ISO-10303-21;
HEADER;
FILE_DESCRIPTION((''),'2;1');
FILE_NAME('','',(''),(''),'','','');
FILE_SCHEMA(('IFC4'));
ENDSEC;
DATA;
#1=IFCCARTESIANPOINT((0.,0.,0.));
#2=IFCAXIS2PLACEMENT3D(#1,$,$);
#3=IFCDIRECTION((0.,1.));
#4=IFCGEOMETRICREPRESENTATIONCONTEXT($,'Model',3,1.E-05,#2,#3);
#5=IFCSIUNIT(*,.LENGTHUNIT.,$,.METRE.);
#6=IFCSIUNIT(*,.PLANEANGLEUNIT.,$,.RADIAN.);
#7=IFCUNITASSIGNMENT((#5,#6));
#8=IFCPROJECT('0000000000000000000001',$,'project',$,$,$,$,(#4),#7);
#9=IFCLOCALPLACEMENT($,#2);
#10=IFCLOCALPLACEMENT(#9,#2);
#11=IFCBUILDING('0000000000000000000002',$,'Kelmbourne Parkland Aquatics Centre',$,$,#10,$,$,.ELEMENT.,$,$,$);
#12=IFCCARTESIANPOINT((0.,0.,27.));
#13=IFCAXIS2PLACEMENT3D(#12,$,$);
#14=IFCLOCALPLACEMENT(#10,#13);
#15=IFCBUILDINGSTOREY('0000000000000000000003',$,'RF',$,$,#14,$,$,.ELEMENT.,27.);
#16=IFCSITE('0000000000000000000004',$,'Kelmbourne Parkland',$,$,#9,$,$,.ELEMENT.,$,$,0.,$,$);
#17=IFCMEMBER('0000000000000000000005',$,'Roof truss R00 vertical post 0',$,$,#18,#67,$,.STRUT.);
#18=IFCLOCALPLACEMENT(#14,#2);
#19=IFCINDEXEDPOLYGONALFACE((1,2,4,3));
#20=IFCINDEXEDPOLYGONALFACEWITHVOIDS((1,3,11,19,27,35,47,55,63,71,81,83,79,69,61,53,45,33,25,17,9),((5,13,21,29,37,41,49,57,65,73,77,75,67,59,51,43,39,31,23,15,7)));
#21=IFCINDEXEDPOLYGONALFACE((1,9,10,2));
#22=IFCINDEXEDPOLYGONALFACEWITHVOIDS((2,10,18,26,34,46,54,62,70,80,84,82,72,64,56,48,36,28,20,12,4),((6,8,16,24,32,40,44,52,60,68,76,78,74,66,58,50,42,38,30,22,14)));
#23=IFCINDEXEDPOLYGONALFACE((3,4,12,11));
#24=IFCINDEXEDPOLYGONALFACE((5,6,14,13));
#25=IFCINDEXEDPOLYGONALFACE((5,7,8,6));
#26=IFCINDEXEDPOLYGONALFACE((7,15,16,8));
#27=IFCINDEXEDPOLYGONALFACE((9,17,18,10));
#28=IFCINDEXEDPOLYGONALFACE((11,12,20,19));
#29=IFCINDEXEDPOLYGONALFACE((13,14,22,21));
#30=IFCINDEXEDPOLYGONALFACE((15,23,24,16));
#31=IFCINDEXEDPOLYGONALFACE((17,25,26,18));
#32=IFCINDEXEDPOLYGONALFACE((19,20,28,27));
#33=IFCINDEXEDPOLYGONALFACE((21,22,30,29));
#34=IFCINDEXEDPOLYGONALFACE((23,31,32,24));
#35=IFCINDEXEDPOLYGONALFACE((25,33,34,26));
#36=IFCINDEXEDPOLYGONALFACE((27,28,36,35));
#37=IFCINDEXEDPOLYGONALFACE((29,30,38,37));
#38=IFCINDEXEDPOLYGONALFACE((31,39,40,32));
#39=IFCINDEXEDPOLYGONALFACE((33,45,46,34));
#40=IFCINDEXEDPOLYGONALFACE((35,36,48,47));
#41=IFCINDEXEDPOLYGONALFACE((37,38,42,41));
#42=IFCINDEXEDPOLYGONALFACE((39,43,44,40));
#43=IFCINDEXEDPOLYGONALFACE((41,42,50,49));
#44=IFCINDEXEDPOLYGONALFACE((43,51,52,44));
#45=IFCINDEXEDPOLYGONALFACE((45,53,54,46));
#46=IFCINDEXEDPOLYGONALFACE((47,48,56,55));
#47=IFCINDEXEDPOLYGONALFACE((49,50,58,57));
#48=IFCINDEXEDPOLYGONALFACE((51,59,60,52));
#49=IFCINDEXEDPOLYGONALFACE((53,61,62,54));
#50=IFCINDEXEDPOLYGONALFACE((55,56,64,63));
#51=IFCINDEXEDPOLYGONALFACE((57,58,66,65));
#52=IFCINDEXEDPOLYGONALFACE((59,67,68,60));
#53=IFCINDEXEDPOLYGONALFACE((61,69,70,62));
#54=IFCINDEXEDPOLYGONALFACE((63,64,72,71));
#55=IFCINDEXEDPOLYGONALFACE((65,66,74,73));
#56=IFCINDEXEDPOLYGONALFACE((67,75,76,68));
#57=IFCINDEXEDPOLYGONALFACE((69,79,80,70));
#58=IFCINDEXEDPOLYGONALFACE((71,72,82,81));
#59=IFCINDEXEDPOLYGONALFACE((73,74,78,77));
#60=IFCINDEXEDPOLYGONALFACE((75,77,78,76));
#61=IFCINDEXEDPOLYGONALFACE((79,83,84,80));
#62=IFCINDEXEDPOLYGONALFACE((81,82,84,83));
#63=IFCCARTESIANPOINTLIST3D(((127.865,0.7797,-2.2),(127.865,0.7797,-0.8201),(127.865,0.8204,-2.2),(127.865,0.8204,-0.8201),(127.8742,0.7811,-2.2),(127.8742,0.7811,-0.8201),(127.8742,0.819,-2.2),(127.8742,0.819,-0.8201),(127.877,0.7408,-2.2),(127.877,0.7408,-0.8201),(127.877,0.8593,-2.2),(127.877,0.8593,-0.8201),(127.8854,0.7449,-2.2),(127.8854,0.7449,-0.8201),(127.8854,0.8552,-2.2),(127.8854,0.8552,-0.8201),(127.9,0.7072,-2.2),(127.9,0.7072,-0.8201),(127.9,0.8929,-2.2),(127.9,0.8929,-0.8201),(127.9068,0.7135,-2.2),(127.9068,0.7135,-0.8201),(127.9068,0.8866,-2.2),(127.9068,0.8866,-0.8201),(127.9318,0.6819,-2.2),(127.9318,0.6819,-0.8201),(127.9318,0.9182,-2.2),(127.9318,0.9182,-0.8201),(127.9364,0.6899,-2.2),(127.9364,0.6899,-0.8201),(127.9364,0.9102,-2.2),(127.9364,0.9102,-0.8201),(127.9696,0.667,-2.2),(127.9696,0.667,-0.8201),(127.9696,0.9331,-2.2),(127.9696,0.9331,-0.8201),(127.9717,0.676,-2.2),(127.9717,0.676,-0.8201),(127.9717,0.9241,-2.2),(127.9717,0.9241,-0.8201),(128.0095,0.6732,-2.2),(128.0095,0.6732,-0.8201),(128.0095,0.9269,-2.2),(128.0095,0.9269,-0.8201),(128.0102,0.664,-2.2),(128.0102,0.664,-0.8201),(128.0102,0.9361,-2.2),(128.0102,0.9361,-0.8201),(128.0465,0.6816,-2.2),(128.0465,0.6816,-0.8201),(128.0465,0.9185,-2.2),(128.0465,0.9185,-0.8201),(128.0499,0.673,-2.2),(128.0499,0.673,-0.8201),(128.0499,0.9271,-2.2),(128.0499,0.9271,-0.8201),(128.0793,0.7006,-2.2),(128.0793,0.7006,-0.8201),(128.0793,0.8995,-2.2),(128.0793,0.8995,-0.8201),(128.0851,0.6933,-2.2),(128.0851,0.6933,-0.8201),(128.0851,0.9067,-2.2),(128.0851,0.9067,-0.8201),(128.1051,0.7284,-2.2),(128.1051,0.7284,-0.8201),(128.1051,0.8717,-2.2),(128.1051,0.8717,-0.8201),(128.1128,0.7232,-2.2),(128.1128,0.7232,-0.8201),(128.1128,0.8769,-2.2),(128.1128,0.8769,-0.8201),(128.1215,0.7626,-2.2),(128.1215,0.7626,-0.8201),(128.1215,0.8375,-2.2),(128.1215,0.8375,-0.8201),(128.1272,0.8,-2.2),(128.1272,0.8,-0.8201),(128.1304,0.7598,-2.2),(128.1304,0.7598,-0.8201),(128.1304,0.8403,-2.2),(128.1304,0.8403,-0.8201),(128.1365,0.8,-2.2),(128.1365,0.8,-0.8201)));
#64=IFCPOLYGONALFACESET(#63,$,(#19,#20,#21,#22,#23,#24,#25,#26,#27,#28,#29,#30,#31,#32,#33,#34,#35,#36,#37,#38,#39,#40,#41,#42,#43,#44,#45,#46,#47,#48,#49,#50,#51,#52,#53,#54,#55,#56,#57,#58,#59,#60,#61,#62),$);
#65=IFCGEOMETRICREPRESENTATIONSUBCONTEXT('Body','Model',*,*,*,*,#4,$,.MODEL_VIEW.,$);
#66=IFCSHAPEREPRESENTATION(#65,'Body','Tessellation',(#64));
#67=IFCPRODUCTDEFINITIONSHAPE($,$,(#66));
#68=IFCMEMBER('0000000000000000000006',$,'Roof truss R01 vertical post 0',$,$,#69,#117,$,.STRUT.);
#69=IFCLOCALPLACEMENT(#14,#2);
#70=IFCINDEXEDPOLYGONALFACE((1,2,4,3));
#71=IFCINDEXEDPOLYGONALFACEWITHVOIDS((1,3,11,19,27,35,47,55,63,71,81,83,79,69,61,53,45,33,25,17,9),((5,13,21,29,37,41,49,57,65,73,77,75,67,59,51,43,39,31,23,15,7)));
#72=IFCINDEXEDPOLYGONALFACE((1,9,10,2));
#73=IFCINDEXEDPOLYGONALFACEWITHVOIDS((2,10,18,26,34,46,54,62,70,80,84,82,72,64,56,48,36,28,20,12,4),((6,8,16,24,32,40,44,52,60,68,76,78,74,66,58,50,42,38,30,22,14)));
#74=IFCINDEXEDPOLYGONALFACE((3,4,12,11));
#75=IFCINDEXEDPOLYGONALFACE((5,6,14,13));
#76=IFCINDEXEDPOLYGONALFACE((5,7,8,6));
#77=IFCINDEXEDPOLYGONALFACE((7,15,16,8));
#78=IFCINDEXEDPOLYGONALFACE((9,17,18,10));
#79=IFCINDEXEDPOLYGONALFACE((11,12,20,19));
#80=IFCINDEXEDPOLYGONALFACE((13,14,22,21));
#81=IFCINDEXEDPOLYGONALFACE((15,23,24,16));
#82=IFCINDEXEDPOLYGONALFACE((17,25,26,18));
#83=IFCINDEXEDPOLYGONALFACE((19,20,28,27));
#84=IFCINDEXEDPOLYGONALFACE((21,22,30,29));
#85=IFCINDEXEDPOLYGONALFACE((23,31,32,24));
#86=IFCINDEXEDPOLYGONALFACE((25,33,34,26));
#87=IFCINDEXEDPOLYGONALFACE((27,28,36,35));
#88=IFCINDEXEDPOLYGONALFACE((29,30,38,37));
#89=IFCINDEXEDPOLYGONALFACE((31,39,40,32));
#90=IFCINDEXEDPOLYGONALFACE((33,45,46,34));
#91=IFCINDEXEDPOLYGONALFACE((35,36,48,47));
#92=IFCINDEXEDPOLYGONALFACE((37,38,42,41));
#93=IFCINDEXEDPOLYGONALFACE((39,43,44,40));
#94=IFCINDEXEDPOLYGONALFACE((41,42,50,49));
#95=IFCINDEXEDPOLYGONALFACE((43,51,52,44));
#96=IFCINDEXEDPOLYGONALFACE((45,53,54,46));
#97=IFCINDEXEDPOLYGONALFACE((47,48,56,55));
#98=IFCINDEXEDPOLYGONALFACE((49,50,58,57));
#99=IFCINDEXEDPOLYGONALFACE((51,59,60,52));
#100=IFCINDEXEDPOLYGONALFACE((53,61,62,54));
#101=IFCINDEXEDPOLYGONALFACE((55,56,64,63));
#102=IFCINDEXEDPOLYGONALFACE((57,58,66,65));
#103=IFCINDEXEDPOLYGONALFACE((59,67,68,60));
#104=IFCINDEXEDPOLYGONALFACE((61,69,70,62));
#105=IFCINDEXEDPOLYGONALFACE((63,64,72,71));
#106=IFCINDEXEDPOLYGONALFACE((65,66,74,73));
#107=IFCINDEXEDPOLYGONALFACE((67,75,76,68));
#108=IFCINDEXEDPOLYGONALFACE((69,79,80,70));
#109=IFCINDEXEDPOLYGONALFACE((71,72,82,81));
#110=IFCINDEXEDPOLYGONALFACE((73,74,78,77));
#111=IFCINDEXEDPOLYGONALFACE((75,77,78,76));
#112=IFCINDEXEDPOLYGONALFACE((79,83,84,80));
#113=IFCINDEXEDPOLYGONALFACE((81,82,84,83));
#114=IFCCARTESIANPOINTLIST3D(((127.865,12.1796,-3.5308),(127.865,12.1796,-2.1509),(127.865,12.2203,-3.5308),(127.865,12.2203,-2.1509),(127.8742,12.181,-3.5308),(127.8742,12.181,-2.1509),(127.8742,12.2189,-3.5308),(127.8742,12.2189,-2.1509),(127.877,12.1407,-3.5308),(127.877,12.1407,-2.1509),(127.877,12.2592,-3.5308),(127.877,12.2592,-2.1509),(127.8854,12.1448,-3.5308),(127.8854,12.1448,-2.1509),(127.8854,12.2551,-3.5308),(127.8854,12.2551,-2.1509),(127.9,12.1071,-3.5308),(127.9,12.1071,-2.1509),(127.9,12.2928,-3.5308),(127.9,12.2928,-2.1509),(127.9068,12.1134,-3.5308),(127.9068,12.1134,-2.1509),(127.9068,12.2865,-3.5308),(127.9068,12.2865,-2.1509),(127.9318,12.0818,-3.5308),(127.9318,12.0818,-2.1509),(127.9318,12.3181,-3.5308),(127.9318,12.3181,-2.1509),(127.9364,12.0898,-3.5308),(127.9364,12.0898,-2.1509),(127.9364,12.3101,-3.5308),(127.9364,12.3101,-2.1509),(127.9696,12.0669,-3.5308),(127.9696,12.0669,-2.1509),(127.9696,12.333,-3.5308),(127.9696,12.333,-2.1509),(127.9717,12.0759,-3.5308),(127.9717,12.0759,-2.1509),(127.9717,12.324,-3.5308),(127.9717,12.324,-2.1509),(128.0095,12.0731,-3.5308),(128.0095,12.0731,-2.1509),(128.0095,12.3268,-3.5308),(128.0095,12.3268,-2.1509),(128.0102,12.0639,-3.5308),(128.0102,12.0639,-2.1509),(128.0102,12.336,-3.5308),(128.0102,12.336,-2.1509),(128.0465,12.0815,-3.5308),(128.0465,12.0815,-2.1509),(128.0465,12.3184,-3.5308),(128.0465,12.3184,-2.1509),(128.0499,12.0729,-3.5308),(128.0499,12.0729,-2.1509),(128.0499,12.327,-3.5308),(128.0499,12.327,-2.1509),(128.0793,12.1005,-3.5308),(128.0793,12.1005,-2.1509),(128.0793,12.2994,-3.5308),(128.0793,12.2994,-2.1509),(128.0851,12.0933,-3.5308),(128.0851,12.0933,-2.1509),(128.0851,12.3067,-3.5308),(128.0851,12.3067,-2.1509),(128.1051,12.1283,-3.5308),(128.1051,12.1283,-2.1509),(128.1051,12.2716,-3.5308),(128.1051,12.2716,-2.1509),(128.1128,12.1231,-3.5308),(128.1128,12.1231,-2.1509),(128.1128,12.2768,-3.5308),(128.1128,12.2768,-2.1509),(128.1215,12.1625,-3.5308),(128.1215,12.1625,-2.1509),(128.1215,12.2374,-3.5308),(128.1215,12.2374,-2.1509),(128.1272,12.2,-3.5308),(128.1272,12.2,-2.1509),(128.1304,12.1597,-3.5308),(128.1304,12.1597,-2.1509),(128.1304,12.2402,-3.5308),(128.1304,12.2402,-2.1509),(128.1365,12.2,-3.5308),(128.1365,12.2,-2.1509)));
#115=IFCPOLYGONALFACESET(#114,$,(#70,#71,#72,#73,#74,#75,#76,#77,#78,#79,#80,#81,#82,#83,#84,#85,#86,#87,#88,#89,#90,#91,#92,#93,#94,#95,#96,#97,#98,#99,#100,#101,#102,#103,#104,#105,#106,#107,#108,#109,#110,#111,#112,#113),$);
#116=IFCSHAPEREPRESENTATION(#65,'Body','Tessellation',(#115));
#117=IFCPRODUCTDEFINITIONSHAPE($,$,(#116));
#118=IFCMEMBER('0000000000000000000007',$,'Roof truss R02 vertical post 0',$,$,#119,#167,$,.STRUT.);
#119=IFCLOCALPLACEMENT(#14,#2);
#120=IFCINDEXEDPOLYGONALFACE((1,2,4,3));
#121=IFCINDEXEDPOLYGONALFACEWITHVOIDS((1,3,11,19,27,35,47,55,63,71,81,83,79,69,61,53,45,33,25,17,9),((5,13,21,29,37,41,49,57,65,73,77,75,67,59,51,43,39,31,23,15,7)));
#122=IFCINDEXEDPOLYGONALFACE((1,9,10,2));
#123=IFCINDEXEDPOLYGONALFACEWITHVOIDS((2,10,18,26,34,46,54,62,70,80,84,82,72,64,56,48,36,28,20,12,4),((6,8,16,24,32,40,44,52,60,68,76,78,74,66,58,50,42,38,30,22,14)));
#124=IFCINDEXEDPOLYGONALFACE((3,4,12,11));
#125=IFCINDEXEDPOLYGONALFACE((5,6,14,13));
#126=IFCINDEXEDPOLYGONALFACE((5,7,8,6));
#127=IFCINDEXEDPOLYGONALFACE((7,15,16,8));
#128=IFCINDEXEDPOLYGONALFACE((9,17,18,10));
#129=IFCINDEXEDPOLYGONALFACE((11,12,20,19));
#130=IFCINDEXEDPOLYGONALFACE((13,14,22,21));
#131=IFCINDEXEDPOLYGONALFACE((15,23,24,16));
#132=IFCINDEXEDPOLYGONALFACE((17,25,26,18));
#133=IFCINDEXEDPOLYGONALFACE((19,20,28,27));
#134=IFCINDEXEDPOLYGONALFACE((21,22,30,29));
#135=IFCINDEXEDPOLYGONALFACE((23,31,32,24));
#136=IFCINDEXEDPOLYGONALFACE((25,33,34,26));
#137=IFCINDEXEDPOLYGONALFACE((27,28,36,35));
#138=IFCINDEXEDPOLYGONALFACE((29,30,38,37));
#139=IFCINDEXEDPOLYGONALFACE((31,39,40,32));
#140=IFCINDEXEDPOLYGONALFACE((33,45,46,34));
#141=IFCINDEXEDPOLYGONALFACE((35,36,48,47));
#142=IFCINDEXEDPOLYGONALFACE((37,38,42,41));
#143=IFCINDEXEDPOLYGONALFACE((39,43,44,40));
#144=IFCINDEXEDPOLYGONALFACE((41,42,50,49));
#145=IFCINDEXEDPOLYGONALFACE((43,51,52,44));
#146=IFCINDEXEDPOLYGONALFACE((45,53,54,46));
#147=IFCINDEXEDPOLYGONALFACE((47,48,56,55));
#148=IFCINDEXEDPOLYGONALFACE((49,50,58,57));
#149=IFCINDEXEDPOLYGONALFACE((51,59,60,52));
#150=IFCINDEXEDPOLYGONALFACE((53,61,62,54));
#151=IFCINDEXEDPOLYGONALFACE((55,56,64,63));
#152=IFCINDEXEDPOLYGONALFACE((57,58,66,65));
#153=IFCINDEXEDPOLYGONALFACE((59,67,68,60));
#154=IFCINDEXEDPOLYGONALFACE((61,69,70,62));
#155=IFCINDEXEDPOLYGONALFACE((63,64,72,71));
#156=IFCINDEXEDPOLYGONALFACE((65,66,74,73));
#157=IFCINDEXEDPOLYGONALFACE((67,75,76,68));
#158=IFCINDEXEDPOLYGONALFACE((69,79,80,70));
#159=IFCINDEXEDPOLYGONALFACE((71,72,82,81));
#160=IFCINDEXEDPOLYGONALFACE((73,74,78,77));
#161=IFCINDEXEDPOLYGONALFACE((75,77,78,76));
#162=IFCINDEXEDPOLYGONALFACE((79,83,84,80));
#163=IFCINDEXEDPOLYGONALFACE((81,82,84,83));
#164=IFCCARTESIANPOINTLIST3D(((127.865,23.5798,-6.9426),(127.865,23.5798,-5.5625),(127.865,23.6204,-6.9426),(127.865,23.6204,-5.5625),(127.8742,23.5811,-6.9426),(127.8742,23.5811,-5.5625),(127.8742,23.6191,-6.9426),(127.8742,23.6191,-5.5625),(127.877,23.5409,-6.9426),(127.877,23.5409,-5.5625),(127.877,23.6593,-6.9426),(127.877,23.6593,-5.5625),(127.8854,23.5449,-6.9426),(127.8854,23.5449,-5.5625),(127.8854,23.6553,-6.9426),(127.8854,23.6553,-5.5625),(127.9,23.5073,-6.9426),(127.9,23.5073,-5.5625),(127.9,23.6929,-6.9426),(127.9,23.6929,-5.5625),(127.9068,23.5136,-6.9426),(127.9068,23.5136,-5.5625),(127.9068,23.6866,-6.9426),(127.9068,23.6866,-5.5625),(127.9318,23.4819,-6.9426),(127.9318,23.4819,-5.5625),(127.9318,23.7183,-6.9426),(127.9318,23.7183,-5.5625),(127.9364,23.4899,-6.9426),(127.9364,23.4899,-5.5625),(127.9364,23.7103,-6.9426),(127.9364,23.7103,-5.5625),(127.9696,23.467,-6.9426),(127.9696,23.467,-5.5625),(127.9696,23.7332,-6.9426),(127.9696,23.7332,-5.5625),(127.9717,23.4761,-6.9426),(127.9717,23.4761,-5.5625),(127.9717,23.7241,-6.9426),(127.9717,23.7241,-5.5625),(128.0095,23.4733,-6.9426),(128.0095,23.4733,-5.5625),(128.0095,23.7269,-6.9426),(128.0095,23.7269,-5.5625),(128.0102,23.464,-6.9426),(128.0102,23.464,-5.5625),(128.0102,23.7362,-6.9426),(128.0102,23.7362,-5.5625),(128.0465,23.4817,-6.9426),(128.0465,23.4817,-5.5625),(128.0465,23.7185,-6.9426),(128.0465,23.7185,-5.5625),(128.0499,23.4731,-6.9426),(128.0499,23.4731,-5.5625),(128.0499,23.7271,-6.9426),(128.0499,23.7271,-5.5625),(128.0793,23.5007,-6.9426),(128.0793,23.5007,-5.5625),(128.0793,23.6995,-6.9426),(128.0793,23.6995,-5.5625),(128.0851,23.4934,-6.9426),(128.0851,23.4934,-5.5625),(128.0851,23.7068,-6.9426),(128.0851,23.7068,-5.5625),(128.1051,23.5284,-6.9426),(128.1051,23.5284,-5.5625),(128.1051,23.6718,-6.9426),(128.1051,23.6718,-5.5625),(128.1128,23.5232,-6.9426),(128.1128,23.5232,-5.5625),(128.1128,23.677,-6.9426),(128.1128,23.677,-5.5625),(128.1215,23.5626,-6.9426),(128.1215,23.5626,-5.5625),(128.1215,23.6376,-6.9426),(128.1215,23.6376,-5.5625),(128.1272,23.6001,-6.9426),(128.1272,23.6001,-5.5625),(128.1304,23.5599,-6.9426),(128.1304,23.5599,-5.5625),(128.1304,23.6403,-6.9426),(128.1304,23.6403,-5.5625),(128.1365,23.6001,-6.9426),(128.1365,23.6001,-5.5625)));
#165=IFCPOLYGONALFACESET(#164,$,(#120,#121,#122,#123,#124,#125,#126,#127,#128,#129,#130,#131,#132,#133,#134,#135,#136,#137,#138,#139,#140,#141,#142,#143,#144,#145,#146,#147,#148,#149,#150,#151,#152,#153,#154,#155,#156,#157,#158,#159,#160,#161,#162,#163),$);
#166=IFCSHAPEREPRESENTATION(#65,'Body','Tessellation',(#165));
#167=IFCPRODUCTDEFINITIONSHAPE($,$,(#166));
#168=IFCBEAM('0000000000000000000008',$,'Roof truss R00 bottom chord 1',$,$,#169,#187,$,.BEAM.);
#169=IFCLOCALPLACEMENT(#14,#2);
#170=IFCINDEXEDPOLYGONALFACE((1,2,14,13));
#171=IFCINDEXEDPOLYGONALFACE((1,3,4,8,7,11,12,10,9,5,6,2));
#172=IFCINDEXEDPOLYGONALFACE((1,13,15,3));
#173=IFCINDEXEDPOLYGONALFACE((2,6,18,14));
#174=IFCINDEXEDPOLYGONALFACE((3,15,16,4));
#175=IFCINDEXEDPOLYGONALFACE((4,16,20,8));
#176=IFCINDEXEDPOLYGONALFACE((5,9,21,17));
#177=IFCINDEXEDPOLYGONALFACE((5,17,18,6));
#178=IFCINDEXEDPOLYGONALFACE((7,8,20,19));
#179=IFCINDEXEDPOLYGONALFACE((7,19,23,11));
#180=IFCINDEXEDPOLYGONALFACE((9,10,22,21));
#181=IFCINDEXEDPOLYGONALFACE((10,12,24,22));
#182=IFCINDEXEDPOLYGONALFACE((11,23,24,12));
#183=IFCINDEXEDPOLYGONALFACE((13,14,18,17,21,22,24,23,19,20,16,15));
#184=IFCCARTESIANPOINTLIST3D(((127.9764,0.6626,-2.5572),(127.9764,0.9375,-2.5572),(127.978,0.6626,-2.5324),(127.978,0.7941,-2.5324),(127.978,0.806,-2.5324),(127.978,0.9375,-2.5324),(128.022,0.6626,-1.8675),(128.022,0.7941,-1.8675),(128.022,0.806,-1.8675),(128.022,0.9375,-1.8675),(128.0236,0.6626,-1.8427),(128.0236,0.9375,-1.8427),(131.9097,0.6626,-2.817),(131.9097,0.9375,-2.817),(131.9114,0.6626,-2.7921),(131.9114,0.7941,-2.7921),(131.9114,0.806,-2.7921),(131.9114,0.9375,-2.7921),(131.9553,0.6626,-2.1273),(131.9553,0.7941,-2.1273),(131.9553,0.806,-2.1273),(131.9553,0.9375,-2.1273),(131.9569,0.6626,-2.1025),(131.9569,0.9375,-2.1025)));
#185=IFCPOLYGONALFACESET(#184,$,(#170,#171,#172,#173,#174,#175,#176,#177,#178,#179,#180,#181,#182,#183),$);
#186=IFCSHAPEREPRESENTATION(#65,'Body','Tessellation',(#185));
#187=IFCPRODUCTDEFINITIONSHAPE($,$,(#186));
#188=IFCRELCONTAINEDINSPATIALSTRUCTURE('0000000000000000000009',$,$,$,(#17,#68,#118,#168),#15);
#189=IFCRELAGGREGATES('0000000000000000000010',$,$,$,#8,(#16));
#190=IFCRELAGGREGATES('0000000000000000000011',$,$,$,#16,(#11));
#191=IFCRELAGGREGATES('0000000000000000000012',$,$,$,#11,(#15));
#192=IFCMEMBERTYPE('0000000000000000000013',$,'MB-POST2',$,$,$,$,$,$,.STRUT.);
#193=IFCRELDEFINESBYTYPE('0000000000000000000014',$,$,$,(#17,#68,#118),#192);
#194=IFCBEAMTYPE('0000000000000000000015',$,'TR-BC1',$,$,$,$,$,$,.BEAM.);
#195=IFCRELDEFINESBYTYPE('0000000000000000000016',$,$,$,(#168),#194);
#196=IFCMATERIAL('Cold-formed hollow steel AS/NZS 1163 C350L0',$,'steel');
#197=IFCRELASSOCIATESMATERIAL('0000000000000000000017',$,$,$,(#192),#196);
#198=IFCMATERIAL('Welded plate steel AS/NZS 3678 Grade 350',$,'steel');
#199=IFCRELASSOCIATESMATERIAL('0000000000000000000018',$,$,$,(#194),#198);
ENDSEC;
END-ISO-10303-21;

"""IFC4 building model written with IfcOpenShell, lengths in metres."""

from ifc_helpers import new_model, si_unit, direction, frame, origin, origin_2d, place, context, subcontext, project, spatial, hollow_circle, i_section, extrude, material, material_profile, profile_set, type_object, element, save


model = new_model("IFC4")

# Units and contexts
model_context = context("Model", 3, precision=1e-05, world=origin(), true_north=direction((0.0, 1.0)))
body_context = subcontext(model_context, "Body", "Model", "MODEL_VIEW")
ifc_project = project(units=[si_unit("LENGTHUNIT", "METRE"), si_unit("PLANEANGLEUNIT", "RADIAN")], contexts=[model_context])

# Site, building, storey
site_placement = place(None, origin())
site = spatial("IfcSite", under=ifc_project, at=site_placement, Name="Kelmbourne Parkland", CompositionType="ELEMENT", RefElevation=0.0)
building_placement = place(site_placement, origin())
building = spatial("IfcBuilding", under=site, at=building_placement, Name="Kelmbourne Parkland Aquatics Centre", CompositionType="ELEMENT")
storey_placement = place(building_placement, frame((0.0, 0.0, 27.0)))
storey = spatial("IfcBuildingStorey", under=building, at=storey_placement, Name="RF", CompositionType="ELEMENT", Elevation=27.0)

# Members
ifc_material_1 = material(Name="Cold-formed hollow steel AS/NZS 1163 C350L0", Category="steel")
ifc_material_profile_1 = material_profile(ifc_material_1, hollow_circle(Radius=0.1365, WallThickness=0.0093, at=origin_2d()), Name="CHS 273.1x9.3")
ifc_profile_set_1 = profile_set([ifc_material_profile_1], Name="Cold-formed hollow steel AS/NZS 1163 C350L0")
member_type_1 = type_object("IfcMemberType", Name="MB-POST2", PredefinedType="STRUT", material=ifc_profile_set_1)
for number, where, z_axis, x_axis, name in (
    (1, (128.0, 0.8, -2.2), (0.0, 0.0, 1.0), (1.0, 0.0, 0.0), "Roof truss R00 vertical post 0"),
    (2, (128.0, 12.2, -3.5308), (0.0, 0.0, 1.0), (1.0, 0.0, 0.0), "Roof truss R01 vertical post 0"),
):
    element("IfcMember", number, at=place(storey_placement, frame(where, z_axis=z_axis, x_axis=x_axis)), inside=storey, type_object=member_type_1, Name=name, PredefinedType="STRUT", context=body_context, shape_type="SweptSolid", body=[
        extrude(hollow_circle(Radius=0.1365, WallThickness=0.0093, at=origin_2d()), origin(), (0.0, 0.0, 1.0), 1.3799),
    ])
member_1_placement = place(storey_placement, frame((128.0, 23.6001, -6.9426), z_axis=(0.0, 0.0, 1.0), x_axis=(1.0, 0.0, 0.0)))
element("IfcMember", 3, at=member_1_placement, inside=storey, type_object=member_type_1, Name="Roof truss R02 vertical post 0", PredefinedType="STRUT", context=body_context, shape_type="SweptSolid", body=[
    extrude(hollow_circle(Radius=0.1365, WallThickness=0.0093, at=origin_2d()), origin(), (0.0, 0.0, 1.0), 1.3801),
])

# Beam
ifc_material_2 = material(Name="Welded plate steel AS/NZS 3678 Grade 350", Category="steel")
ifc_material_profile_2 = material_profile(ifc_material_2, i_section(OverallWidth=0.2749, OverallDepth=0.7161, WebThickness=0.012, FlangeThickness=0.0249, at=origin_2d()), Name="700WB173")
ifc_profile_set_2 = profile_set([ifc_material_profile_2], Name="Welded plate steel AS/NZS 3678 Grade 350")
beam_type_1 = type_object("IfcBeamType", Name="TR-BC1", PredefinedType="BEAM", material=ifc_profile_set_2)
beam_1_placement = place(storey_placement, frame((128.0, 0.8, -2.2), z_axis=(0.997826, 0.0, -0.065898), x_axis=(0.0, 1.0, 0.0)))
element("IfcBeam", 4, at=beam_1_placement, inside=storey, type_object=beam_type_1, Name="Roof truss R00 bottom chord 1", PredefinedType="BEAM", context=body_context, shape_type="SweptSolid", body=[
    extrude(i_section(OverallWidth=0.2749, OverallDepth=0.7161, WebThickness=0.012, FlangeThickness=0.0249, at=origin_2d()), origin(), (0.0, 0.0, 1.0), 3.9419),
])

save(model, "model.ifc")
